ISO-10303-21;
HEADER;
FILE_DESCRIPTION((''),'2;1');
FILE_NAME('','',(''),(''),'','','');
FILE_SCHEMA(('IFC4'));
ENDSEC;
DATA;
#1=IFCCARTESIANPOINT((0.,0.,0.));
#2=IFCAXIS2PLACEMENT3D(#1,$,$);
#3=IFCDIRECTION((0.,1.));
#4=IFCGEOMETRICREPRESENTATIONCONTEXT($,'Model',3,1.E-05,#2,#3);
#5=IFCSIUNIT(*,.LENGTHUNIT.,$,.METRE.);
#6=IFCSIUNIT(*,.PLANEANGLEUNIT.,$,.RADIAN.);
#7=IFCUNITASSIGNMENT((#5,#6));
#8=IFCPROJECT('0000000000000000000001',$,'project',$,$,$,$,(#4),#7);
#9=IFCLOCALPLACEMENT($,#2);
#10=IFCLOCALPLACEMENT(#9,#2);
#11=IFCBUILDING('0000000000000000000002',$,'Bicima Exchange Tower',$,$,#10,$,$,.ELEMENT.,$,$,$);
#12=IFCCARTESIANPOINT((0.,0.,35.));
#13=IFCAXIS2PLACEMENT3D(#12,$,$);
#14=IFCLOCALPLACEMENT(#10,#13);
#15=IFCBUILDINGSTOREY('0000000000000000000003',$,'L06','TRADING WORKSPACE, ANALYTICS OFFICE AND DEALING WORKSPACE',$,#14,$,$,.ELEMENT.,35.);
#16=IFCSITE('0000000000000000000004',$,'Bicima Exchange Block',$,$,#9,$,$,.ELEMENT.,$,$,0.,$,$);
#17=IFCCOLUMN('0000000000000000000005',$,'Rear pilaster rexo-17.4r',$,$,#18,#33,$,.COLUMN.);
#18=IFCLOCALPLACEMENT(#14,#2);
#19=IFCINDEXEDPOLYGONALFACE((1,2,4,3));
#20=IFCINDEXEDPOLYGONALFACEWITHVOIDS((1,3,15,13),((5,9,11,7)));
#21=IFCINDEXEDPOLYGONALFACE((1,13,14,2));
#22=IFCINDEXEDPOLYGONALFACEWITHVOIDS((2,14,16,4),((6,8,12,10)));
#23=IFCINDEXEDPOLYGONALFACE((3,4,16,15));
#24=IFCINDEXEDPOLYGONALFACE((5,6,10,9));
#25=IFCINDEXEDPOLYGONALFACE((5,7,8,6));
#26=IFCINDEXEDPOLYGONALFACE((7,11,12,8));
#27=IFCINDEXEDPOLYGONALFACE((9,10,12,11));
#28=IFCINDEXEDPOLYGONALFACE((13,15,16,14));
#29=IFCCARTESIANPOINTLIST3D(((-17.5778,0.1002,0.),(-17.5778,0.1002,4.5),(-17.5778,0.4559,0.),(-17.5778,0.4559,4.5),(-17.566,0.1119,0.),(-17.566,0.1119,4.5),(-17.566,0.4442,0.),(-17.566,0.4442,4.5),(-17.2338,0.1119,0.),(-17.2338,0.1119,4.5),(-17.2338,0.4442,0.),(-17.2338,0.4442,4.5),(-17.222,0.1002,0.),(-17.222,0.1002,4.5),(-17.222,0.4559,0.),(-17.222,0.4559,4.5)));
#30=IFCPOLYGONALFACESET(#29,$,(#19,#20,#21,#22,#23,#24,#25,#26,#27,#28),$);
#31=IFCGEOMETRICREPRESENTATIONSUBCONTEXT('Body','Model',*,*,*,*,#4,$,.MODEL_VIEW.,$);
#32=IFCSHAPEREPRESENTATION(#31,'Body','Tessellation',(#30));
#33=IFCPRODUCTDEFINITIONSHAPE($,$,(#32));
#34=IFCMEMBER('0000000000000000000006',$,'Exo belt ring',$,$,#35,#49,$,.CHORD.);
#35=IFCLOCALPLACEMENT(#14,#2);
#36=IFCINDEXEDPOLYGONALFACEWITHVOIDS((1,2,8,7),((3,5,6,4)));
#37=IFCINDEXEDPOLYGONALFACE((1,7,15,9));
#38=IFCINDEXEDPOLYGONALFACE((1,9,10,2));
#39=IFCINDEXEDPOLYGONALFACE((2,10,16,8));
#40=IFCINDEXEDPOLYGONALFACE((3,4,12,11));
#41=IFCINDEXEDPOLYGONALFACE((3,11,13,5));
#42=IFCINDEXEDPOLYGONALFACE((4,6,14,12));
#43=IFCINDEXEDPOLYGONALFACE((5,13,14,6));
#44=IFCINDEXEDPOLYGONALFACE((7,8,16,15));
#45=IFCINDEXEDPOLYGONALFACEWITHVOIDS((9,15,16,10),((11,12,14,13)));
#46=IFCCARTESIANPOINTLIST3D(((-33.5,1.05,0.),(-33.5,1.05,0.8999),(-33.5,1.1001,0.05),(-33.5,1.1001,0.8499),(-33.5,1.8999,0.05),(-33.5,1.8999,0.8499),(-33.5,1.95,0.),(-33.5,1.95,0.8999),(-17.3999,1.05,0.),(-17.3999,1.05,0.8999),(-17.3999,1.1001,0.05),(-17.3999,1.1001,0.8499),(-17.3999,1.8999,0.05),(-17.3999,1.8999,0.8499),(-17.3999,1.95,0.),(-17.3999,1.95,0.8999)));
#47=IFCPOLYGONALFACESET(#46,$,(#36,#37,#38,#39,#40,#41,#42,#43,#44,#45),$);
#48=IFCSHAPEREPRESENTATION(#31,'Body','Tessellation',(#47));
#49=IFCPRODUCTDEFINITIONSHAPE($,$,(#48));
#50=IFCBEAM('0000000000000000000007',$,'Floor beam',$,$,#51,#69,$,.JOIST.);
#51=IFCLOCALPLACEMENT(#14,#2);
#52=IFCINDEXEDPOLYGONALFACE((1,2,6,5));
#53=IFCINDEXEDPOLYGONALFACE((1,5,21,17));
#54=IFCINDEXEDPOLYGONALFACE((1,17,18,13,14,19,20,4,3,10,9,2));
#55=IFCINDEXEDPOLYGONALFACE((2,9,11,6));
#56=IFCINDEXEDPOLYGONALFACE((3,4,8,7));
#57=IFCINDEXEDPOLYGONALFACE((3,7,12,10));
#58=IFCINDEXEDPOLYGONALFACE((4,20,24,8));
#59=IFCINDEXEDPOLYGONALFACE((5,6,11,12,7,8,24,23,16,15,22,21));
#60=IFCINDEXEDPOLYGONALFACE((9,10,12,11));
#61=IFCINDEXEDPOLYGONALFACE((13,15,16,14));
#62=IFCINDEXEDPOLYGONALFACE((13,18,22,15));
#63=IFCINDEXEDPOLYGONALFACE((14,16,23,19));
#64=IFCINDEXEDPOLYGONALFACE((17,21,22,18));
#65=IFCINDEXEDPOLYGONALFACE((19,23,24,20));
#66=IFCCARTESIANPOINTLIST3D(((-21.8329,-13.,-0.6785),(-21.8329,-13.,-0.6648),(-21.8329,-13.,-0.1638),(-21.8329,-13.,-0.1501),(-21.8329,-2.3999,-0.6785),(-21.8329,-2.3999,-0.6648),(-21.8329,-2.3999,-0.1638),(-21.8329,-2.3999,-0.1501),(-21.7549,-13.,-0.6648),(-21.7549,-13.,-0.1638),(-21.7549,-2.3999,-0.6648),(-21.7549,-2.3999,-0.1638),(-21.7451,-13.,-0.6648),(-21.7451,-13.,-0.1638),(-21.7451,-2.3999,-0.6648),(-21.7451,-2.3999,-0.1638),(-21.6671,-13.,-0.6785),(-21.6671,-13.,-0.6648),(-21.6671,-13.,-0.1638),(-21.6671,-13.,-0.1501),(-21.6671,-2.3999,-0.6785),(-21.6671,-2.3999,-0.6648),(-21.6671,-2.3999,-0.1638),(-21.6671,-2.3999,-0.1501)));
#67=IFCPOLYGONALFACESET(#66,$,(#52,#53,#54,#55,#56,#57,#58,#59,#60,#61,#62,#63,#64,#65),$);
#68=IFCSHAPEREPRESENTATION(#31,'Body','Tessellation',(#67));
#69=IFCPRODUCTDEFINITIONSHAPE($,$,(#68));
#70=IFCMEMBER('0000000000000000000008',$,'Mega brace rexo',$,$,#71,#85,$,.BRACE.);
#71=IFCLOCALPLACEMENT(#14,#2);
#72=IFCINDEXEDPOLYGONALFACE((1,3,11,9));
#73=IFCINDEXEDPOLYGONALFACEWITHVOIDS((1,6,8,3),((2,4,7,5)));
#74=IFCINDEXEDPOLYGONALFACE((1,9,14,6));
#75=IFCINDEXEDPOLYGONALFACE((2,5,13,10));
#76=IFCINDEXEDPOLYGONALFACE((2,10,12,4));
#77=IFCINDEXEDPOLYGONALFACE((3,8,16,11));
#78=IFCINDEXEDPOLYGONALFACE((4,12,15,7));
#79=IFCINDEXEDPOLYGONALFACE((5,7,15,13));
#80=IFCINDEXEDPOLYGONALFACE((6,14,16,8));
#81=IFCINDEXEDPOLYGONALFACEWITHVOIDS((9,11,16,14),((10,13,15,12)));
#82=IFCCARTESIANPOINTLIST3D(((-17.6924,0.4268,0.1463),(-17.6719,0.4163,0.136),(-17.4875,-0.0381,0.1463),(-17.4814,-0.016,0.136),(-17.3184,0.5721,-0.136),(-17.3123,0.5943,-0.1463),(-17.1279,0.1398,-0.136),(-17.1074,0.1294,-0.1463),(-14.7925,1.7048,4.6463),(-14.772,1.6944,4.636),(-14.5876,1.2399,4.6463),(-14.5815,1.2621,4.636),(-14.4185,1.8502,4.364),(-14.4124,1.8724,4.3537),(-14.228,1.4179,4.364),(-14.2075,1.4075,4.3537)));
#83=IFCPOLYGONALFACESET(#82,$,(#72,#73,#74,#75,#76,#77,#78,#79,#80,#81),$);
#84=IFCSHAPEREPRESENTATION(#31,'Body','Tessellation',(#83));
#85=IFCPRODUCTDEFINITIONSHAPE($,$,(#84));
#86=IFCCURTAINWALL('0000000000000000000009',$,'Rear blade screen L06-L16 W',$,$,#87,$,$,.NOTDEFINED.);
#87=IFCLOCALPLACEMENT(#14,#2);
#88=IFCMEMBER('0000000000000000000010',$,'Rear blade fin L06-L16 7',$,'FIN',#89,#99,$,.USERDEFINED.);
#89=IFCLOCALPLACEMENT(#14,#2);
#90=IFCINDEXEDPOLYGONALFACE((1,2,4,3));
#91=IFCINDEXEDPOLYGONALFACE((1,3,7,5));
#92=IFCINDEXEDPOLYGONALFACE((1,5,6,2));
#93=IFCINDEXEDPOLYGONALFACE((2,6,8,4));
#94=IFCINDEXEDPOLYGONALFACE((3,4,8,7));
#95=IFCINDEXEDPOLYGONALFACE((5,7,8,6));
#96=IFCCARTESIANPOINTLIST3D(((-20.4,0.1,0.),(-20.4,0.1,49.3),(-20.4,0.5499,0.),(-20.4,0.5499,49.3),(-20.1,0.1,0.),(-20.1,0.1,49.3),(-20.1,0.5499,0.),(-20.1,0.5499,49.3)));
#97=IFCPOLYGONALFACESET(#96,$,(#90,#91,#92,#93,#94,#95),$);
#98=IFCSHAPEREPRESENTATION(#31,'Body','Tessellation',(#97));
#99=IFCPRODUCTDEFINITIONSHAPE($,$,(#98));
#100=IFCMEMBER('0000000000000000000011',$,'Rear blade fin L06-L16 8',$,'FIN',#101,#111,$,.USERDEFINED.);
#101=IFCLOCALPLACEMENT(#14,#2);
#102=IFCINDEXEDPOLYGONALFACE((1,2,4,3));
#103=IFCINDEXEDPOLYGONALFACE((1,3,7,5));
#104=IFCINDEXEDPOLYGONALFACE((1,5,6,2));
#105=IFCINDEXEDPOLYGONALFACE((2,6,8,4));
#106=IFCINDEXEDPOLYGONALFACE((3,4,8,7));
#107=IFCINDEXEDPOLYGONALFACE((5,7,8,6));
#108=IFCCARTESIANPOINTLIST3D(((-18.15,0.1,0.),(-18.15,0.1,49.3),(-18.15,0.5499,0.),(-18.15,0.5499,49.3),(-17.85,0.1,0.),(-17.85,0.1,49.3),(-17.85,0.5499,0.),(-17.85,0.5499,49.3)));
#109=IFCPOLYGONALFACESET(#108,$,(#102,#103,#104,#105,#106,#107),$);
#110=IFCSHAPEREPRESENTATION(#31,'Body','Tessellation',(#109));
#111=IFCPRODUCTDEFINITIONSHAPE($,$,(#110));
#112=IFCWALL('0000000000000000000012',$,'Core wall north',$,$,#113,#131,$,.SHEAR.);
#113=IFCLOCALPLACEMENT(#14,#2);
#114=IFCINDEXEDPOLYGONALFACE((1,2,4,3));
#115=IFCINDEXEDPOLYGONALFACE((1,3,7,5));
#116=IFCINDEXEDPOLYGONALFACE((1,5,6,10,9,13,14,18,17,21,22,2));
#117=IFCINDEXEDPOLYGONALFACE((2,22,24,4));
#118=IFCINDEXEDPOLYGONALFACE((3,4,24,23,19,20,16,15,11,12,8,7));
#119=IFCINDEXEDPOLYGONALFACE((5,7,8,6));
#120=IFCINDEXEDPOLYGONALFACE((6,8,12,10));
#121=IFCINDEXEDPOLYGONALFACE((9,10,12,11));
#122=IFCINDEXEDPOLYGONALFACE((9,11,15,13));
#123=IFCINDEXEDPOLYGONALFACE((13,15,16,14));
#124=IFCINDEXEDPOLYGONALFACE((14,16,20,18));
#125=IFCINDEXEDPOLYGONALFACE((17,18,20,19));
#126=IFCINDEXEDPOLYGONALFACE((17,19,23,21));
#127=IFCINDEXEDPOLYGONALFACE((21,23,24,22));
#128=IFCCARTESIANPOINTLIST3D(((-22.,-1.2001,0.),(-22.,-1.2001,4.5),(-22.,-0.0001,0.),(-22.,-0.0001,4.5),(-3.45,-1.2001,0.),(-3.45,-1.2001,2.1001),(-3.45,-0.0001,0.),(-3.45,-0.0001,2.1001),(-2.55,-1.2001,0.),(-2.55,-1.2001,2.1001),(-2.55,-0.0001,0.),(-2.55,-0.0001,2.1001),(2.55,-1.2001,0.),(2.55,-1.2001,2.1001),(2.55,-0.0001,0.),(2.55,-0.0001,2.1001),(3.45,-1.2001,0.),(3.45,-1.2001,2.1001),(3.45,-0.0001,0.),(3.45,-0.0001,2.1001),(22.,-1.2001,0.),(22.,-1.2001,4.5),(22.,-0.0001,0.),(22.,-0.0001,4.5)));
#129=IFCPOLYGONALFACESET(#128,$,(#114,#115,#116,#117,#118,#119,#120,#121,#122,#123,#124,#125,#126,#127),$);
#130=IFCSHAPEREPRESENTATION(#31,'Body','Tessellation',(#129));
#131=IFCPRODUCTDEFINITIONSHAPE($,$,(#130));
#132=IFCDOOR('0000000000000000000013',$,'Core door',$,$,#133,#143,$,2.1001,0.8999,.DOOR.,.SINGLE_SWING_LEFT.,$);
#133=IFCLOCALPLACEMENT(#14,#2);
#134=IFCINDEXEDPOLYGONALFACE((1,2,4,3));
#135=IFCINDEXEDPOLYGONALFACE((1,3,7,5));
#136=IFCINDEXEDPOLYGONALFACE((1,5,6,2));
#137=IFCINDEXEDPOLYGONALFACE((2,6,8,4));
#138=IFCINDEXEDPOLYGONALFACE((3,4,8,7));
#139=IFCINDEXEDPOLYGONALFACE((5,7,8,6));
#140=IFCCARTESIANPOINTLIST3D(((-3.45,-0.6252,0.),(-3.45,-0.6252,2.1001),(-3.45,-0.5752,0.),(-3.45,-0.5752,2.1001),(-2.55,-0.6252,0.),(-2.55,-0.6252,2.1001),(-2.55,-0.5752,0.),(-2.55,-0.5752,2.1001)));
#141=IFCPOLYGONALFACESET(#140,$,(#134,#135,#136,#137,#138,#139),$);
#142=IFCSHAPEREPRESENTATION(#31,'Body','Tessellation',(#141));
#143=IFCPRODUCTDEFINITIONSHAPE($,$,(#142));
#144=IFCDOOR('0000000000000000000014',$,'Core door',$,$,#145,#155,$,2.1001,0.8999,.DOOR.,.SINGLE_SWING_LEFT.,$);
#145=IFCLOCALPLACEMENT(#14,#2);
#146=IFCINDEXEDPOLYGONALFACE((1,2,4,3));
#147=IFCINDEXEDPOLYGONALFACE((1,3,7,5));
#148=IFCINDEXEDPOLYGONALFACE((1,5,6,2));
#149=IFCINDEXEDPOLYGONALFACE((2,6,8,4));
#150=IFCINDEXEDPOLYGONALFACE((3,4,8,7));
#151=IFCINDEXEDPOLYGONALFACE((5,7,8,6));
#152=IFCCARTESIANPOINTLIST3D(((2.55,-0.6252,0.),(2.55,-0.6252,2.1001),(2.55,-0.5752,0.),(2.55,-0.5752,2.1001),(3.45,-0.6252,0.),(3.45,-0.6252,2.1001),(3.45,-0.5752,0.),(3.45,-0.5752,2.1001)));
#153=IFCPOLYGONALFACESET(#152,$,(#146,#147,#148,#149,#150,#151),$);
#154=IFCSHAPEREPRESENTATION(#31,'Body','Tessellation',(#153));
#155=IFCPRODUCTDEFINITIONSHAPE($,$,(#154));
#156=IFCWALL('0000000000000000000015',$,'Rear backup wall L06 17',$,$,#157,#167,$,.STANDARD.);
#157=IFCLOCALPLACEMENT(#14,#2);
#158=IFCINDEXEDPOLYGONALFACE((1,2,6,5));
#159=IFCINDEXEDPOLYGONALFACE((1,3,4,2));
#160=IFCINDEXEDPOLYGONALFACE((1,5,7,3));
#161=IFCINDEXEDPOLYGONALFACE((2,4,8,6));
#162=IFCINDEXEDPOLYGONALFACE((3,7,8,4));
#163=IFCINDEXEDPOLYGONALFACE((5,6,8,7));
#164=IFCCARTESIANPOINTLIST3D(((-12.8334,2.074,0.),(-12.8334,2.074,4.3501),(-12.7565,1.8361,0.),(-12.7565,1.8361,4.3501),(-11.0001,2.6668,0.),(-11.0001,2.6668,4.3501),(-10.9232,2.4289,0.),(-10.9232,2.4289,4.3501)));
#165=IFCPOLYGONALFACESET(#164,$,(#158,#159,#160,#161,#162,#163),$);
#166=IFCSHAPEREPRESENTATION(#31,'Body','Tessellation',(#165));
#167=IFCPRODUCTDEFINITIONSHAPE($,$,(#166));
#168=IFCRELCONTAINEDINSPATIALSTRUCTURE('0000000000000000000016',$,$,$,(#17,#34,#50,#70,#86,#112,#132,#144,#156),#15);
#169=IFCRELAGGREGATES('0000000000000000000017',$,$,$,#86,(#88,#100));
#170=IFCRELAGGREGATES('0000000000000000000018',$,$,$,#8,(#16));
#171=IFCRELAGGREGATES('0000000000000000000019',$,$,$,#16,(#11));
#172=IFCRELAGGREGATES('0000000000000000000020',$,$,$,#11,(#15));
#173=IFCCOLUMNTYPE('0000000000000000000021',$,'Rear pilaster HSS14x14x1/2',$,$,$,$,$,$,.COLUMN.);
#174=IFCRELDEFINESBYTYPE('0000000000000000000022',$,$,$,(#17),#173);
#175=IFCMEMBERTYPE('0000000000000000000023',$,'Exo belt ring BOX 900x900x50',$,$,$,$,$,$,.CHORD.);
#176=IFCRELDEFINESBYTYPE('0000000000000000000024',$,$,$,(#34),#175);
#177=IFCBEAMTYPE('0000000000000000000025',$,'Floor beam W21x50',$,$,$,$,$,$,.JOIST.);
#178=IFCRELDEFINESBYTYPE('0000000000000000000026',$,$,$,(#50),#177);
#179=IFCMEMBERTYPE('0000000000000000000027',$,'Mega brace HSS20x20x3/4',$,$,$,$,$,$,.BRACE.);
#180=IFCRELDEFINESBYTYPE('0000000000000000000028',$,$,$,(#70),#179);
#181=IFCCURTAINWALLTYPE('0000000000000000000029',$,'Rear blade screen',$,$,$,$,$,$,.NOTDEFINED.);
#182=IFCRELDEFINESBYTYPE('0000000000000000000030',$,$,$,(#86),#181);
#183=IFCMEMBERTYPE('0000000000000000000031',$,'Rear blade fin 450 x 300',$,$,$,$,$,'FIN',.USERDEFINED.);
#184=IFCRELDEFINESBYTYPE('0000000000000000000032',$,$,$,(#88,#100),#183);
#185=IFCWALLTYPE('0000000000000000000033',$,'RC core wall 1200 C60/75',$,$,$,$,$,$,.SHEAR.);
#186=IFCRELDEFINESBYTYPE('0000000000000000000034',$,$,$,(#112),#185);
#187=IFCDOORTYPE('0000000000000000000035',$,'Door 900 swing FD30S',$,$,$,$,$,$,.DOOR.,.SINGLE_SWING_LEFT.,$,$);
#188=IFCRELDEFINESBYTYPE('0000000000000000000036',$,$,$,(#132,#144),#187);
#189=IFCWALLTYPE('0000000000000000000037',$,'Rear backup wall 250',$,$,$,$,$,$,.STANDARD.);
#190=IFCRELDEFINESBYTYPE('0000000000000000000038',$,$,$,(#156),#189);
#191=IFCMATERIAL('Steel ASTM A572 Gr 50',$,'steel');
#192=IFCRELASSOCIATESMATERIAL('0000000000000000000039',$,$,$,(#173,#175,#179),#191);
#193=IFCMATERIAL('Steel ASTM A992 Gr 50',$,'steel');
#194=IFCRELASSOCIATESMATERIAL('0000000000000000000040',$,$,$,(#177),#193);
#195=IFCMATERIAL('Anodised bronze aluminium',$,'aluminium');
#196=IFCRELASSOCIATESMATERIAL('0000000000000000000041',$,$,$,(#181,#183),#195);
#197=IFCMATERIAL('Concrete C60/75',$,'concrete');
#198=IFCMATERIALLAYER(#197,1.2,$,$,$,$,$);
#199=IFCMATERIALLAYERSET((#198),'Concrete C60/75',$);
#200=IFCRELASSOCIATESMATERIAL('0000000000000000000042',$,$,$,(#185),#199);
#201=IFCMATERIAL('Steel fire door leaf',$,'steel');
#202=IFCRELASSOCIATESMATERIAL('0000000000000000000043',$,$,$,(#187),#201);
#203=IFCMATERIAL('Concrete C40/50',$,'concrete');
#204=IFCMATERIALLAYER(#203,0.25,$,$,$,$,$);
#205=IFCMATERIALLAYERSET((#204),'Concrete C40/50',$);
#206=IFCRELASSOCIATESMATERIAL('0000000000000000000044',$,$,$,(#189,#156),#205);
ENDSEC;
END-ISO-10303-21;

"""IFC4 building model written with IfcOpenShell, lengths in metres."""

from ifc_helpers import new_model, si_unit, direction, frame, frame_2d, origin, origin_2d, place, context, subcontext, project, spatial, rectangle, hollow_rectangle, i_section, extrude, material, layer, layer_set, layer_usage, material_profile, profile_set, type_object, element, fill, aggregate, save


model = new_model("IFC4")

# Units and contexts
model_context = context("Model", 3, precision=1e-05, world=origin(), true_north=direction((0.0, 1.0)))
body_context = subcontext(model_context, "Body", "Model", "MODEL_VIEW")
ifc_project = project(units=[si_unit("LENGTHUNIT", "METRE"), si_unit("PLANEANGLEUNIT", "RADIAN")], contexts=[model_context])

# Site, building, storey
site_placement = place(None, origin())
site = spatial("IfcSite", under=ifc_project, at=site_placement, Name="Bicima Exchange Block", CompositionType="ELEMENT", RefElevation=0.0)
building_placement = place(site_placement, origin())
building = spatial("IfcBuilding", under=site, at=building_placement, Name="Bicima Exchange Tower", CompositionType="ELEMENT")
storey_placement = place(building_placement, frame((0.0, 0.0, 35.0)))
storey = spatial("IfcBuildingStorey", under=building, at=storey_placement, Name="L06", Description="TRADING WORKSPACE, ANALYTICS OFFICE AND DEALING WORKSPACE", CompositionType="ELEMENT", Elevation=35.0)

# Column
ifc_material_1 = material(Name="Steel ASTM A572 Gr 50", Category="steel")
ifc_material_profile_1 = material_profile(ifc_material_1, hollow_rectangle(XDim=0.3557, YDim=0.3557, WallThickness=0.0117, at=origin_2d()))
ifc_profile_set_1 = profile_set([ifc_material_profile_1], Name="Steel ASTM A572 Gr 50")
column_type = type_object("IfcColumnType", Name="Rear pilaster HSS14x14x1/2", PredefinedType="COLUMN", material=ifc_profile_set_1)
column_placement = place(storey_placement, frame((-17.3999, 0.2781, 0.0), z_axis=(0.0, 0.0, 1.0), x_axis=(1.0, 0.0, 0.0)))
element("IfcColumn", 1, at=column_placement, inside=storey, type_object=column_type, Name="Rear pilaster rexo-17.4r", PredefinedType="COLUMN", context=body_context, shape_type="SweptSolid", body=[
    extrude(hollow_rectangle(XDim=0.3557, YDim=0.3557, WallThickness=0.0117, at=origin_2d()), origin(), (0.0, 0.0, 1.0), 4.5),
])

# Member
ifc_material_profile_2 = material_profile(ifc_material_1, hollow_rectangle(XDim=0.8999, YDim=0.8999, WallThickness=0.05, at=origin_2d()))
ifc_profile_set_2 = profile_set([ifc_material_profile_2], Name="Steel ASTM A572 Gr 50")
member_type_1 = type_object("IfcMemberType", Name="Exo belt ring BOX 900x900x50", PredefinedType="CHORD", material=ifc_profile_set_2)
member_1_placement = place(storey_placement, frame((-17.3999, 1.5, 0.45), z_axis=(-1.0, 0.0, 0.0), x_axis=(0.0, -1.0, 0.0)))
element("IfcMember", 2, at=member_1_placement, inside=storey, type_object=member_type_1, Name="Exo belt ring", PredefinedType="CHORD", context=body_context, shape_type="SweptSolid", body=[
    extrude(hollow_rectangle(XDim=0.8999, YDim=0.8999, WallThickness=0.05, at=origin_2d()), origin(), (0.0, 0.0, 1.0), 16.1001),
])

# Beam
ifc_material_2 = material(Name="Steel ASTM A992 Gr 50", Category="steel")
ifc_material_profile_3 = material_profile(ifc_material_2, i_section(OverallWidth=0.1658, OverallDepth=0.5283, WebThickness=0.0098, FlangeThickness=0.0137, at=origin_2d()))
ifc_profile_set_3 = profile_set([ifc_material_profile_3], Name="Steel ASTM A992 Gr 50")
beam_type = type_object("IfcBeamType", Name="Floor beam W21x50", PredefinedType="JOIST", material=ifc_profile_set_3)
beam_placement = place(storey_placement, frame((-21.75, -2.3999, -0.4143), z_axis=(0.0, -1.0, 0.0), x_axis=(1.0, 0.0, 0.0)))
element("IfcBeam", 3, at=beam_placement, inside=storey, type_object=beam_type, Name="Floor beam", PredefinedType="JOIST", context=body_context, shape_type="SweptSolid", body=[
    extrude(i_section(OverallWidth=0.1658, OverallDepth=0.5283, WebThickness=0.0098, FlangeThickness=0.0137, at=origin_2d()), origin(), (0.0, 0.0, 1.0), 10.6001),
])

# Member
ifc_material_profile_4 = material_profile(ifc_material_1, hollow_rectangle(XDim=0.5081, YDim=0.5081, WallThickness=0.0178, at=origin_2d()))
ifc_profile_set_4 = profile_set([ifc_material_profile_4], Name="Steel ASTM A572 Gr 50")
member_type_2 = type_object("IfcMemberType", Name="Mega brace HSS20x20x3/4", PredefinedType="BRACE", material=ifc_profile_set_4)
member_2_placement = place(storey_placement, frame((-17.3999, 0.2781, 0.0), z_axis=(0.526881, 0.232213, 0.817602), x_axis=(-0.403299, 0.915068, 0.0)))
element("IfcMember", 4, at=member_2_placement, inside=storey, type_object=member_type_2, Name="Mega brace rexo", PredefinedType="BRACE", context=body_context, shape_type="SweptSolid", body=[
    extrude(hollow_rectangle(XDim=0.5081, YDim=0.5081, WallThickness=0.0178, at=origin_2d()), origin(), (0.0, 0.0, 1.0), 5.5039),
])

# Curtain wall, members
ifc_material_3 = material(Name="Anodised bronze aluminium", Category="aluminium")
curtain_wall_type = type_object("IfcCurtainWallType", Name="Rear blade screen", PredefinedType="NOTDEFINED", material=ifc_material_3)
curtain_wall_placement = place(storey_placement, origin())
curtain_wall = element("IfcCurtainWall", 5, at=curtain_wall_placement, inside=storey, type_object=curtain_wall_type, Name="Rear blade screen L06-L16 W", PredefinedType="NOTDEFINED")
ifc_material_profile_5 = material_profile(ifc_material_3, rectangle(XDim=0.45, YDim=0.3, at=origin_2d()))
ifc_profile_set_5 = profile_set([ifc_material_profile_5], Name="Anodised bronze aluminium")
member_type_3 = type_object("IfcMemberType", Name="Rear blade fin 450 x 300", ElementType="FIN", PredefinedType="USERDEFINED", material=ifc_profile_set_5)
member_3_placement = place(storey_placement, frame((-20.25, 0.325, 0.0), z_axis=(0.0, 0.0, 1.0), x_axis=(0.0, 1.0, 0.0)))
member_3 = element("IfcMember", 6, at=member_3_placement, type_object=member_type_3, Name="Rear blade fin L06-L16 7", ObjectType="FIN", PredefinedType="USERDEFINED", context=body_context, shape_type="SweptSolid", body=[
    extrude(rectangle(XDim=0.45, YDim=0.3, at=origin_2d()), origin(), (0.0, 0.0, 1.0), 49.3),
])
member_4_placement = place(storey_placement, frame((-18.0, 0.325, 0.0), z_axis=(0.0, 0.0, 1.0), x_axis=(0.0, 1.0, 0.0)))
member_4 = element("IfcMember", 7, at=member_4_placement, type_object=member_type_3, Name="Rear blade fin L06-L16 8", ObjectType="FIN", PredefinedType="USERDEFINED", context=body_context, shape_type="SweptSolid", body=[
    extrude(rectangle(XDim=0.45, YDim=0.3, at=origin_2d()), origin(), (0.0, 0.0, 1.0), 49.3),
])
aggregate(curtain_wall, [member_3, member_4])

# Wall, openings, doors
ifc_material_4 = material(Name="Concrete C60/75", Category="concrete")
ifc_layer_1 = layer(ifc_material_4, 1.2)
ifc_layer_set_1 = layer_set([ifc_layer_1], Name="Concrete C60/75")
wall_type_1 = type_object("IfcWallType", Name="RC core wall 1200 C60/75", PredefinedType="SHEAR", material=ifc_layer_set_1)
wall_1_placement = place(storey_placement, frame((-22.0, -0.6001, 0.0), z_axis=(0.0, 0.0, 1.0), x_axis=(1.0, 0.0, 0.0)))
wall_1 = element("IfcWall", 8, at=wall_1_placement, inside=storey, type_object=wall_type_1, Name="Core wall north", PredefinedType="SHEAR", context=body_context, shape_type="SweptSolid", body=[
    extrude(rectangle(XDim=44.0, YDim=1.2, at=frame_2d((22.0, 0.0))), origin(), (0.0, 0.0, 1.0), 4.5),
])
opening_1_placement = place(wall_1_placement, frame((18.55, 0.0, 0.0)))
opening_1 = element("IfcOpeningElement", 9, at=opening_1_placement, cuts=wall_1, PredefinedType="OPENING", context=body_context, shape_type="SweptSolid", body=[
    extrude(rectangle(XDim=0.8999, YDim=2.1001, at=frame_2d((0.45, 1.05))), frame((0.0, 0.6118, 0.0), z_axis=(0.0, -1.0, 0.0), x_axis=(1.0, 0.0, 0.0)), (0.0, 0.0, 1.0), 1.2239),
])
opening_2_placement = place(wall_1_placement, frame((24.55, 0.0, 0.0)))
opening_2 = element("IfcOpeningElement", 10, at=opening_2_placement, cuts=wall_1, PredefinedType="OPENING", context=body_context, shape_type="SweptSolid", body=[
    extrude(rectangle(XDim=0.8999, YDim=2.1001, at=frame_2d((0.45, 1.05))), frame((0.0, 0.6118, 0.0), z_axis=(0.0, -1.0, 0.0), x_axis=(1.0, 0.0, 0.0)), (0.0, 0.0, 1.0), 1.2239),
])
ifc_material_5 = material(Name="Steel fire door leaf", Category="steel")
door_type = type_object("IfcDoorType", Name="Door 900 swing FD30S", OperationType="SINGLE_SWING_LEFT", PredefinedType="DOOR", material=ifc_material_5)
door_1_placement = place(opening_1_placement, origin())
door_1 = element("IfcDoor", 11, at=door_1_placement, inside=storey, type_object=door_type, Name="Core door", OperationType="SINGLE_SWING_LEFT", OverallHeight=2.1001, OverallWidth=0.8999, PredefinedType="DOOR", context=body_context, shape_type="SweptSolid", body=[
    extrude(rectangle(XDim=0.8999, YDim=2.1001, at=frame_2d((0.45, 1.05))), frame((0.0, 0.0249, 0.0), z_axis=(0.0, -1.0, 0.0), x_axis=(1.0, 0.0, 0.0)), (0.0, 0.0, 1.0), 0.05),
])
fill(opening_1, door_1)
door_2_placement = place(opening_2_placement, origin())
door_2 = element("IfcDoor", 12, at=door_2_placement, inside=storey, type_object=door_type, Name="Core door", OperationType="SINGLE_SWING_LEFT", OverallHeight=2.1001, OverallWidth=0.8999, PredefinedType="DOOR", context=body_context, shape_type="SweptSolid", body=[
    extrude(rectangle(XDim=0.8999, YDim=2.1001, at=frame_2d((0.45, 1.05))), frame((0.0, 0.0249, 0.0), z_axis=(0.0, -1.0, 0.0), x_axis=(1.0, 0.0, 0.0)), (0.0, 0.0, 1.0), 0.05),
])
fill(opening_2, door_2)

# Wall
ifc_material_6 = material(Name="Concrete C40/50", Category="concrete")
ifc_layer_2 = layer(ifc_material_6, 0.25)
ifc_layer_set_2 = layer_set([ifc_layer_2], Name="Concrete C40/50")
ifc_layer_usage = layer_usage(ifc_layer_set_2, "AXIS2", "POSITIVE", -0.125)
wall_type_2 = type_object("IfcWallType", Name="Rear backup wall 250", PredefinedType="STANDARD", material=ifc_layer_set_2)
wall_2_placement = place(storey_placement, frame((-10.9617, 2.5479, 0.0), z_axis=(0.0, 0.0, 1.0), x_axis=(-0.951496, -0.307662, 0.0)))
element("IfcWall", 13, at=wall_2_placement, inside=storey, type_object=wall_type_2, material=ifc_layer_usage, Name="Rear backup wall L06 17", PredefinedType="STANDARD", context=body_context, shape_type="SweptSolid", body=[
    extrude(rectangle(XDim=1.9268, YDim=0.25, at=frame_2d((0.9634, 0.0))), origin(), (0.0, 0.0, 1.0), 4.3501),
])

save(model, "model.ifc")
